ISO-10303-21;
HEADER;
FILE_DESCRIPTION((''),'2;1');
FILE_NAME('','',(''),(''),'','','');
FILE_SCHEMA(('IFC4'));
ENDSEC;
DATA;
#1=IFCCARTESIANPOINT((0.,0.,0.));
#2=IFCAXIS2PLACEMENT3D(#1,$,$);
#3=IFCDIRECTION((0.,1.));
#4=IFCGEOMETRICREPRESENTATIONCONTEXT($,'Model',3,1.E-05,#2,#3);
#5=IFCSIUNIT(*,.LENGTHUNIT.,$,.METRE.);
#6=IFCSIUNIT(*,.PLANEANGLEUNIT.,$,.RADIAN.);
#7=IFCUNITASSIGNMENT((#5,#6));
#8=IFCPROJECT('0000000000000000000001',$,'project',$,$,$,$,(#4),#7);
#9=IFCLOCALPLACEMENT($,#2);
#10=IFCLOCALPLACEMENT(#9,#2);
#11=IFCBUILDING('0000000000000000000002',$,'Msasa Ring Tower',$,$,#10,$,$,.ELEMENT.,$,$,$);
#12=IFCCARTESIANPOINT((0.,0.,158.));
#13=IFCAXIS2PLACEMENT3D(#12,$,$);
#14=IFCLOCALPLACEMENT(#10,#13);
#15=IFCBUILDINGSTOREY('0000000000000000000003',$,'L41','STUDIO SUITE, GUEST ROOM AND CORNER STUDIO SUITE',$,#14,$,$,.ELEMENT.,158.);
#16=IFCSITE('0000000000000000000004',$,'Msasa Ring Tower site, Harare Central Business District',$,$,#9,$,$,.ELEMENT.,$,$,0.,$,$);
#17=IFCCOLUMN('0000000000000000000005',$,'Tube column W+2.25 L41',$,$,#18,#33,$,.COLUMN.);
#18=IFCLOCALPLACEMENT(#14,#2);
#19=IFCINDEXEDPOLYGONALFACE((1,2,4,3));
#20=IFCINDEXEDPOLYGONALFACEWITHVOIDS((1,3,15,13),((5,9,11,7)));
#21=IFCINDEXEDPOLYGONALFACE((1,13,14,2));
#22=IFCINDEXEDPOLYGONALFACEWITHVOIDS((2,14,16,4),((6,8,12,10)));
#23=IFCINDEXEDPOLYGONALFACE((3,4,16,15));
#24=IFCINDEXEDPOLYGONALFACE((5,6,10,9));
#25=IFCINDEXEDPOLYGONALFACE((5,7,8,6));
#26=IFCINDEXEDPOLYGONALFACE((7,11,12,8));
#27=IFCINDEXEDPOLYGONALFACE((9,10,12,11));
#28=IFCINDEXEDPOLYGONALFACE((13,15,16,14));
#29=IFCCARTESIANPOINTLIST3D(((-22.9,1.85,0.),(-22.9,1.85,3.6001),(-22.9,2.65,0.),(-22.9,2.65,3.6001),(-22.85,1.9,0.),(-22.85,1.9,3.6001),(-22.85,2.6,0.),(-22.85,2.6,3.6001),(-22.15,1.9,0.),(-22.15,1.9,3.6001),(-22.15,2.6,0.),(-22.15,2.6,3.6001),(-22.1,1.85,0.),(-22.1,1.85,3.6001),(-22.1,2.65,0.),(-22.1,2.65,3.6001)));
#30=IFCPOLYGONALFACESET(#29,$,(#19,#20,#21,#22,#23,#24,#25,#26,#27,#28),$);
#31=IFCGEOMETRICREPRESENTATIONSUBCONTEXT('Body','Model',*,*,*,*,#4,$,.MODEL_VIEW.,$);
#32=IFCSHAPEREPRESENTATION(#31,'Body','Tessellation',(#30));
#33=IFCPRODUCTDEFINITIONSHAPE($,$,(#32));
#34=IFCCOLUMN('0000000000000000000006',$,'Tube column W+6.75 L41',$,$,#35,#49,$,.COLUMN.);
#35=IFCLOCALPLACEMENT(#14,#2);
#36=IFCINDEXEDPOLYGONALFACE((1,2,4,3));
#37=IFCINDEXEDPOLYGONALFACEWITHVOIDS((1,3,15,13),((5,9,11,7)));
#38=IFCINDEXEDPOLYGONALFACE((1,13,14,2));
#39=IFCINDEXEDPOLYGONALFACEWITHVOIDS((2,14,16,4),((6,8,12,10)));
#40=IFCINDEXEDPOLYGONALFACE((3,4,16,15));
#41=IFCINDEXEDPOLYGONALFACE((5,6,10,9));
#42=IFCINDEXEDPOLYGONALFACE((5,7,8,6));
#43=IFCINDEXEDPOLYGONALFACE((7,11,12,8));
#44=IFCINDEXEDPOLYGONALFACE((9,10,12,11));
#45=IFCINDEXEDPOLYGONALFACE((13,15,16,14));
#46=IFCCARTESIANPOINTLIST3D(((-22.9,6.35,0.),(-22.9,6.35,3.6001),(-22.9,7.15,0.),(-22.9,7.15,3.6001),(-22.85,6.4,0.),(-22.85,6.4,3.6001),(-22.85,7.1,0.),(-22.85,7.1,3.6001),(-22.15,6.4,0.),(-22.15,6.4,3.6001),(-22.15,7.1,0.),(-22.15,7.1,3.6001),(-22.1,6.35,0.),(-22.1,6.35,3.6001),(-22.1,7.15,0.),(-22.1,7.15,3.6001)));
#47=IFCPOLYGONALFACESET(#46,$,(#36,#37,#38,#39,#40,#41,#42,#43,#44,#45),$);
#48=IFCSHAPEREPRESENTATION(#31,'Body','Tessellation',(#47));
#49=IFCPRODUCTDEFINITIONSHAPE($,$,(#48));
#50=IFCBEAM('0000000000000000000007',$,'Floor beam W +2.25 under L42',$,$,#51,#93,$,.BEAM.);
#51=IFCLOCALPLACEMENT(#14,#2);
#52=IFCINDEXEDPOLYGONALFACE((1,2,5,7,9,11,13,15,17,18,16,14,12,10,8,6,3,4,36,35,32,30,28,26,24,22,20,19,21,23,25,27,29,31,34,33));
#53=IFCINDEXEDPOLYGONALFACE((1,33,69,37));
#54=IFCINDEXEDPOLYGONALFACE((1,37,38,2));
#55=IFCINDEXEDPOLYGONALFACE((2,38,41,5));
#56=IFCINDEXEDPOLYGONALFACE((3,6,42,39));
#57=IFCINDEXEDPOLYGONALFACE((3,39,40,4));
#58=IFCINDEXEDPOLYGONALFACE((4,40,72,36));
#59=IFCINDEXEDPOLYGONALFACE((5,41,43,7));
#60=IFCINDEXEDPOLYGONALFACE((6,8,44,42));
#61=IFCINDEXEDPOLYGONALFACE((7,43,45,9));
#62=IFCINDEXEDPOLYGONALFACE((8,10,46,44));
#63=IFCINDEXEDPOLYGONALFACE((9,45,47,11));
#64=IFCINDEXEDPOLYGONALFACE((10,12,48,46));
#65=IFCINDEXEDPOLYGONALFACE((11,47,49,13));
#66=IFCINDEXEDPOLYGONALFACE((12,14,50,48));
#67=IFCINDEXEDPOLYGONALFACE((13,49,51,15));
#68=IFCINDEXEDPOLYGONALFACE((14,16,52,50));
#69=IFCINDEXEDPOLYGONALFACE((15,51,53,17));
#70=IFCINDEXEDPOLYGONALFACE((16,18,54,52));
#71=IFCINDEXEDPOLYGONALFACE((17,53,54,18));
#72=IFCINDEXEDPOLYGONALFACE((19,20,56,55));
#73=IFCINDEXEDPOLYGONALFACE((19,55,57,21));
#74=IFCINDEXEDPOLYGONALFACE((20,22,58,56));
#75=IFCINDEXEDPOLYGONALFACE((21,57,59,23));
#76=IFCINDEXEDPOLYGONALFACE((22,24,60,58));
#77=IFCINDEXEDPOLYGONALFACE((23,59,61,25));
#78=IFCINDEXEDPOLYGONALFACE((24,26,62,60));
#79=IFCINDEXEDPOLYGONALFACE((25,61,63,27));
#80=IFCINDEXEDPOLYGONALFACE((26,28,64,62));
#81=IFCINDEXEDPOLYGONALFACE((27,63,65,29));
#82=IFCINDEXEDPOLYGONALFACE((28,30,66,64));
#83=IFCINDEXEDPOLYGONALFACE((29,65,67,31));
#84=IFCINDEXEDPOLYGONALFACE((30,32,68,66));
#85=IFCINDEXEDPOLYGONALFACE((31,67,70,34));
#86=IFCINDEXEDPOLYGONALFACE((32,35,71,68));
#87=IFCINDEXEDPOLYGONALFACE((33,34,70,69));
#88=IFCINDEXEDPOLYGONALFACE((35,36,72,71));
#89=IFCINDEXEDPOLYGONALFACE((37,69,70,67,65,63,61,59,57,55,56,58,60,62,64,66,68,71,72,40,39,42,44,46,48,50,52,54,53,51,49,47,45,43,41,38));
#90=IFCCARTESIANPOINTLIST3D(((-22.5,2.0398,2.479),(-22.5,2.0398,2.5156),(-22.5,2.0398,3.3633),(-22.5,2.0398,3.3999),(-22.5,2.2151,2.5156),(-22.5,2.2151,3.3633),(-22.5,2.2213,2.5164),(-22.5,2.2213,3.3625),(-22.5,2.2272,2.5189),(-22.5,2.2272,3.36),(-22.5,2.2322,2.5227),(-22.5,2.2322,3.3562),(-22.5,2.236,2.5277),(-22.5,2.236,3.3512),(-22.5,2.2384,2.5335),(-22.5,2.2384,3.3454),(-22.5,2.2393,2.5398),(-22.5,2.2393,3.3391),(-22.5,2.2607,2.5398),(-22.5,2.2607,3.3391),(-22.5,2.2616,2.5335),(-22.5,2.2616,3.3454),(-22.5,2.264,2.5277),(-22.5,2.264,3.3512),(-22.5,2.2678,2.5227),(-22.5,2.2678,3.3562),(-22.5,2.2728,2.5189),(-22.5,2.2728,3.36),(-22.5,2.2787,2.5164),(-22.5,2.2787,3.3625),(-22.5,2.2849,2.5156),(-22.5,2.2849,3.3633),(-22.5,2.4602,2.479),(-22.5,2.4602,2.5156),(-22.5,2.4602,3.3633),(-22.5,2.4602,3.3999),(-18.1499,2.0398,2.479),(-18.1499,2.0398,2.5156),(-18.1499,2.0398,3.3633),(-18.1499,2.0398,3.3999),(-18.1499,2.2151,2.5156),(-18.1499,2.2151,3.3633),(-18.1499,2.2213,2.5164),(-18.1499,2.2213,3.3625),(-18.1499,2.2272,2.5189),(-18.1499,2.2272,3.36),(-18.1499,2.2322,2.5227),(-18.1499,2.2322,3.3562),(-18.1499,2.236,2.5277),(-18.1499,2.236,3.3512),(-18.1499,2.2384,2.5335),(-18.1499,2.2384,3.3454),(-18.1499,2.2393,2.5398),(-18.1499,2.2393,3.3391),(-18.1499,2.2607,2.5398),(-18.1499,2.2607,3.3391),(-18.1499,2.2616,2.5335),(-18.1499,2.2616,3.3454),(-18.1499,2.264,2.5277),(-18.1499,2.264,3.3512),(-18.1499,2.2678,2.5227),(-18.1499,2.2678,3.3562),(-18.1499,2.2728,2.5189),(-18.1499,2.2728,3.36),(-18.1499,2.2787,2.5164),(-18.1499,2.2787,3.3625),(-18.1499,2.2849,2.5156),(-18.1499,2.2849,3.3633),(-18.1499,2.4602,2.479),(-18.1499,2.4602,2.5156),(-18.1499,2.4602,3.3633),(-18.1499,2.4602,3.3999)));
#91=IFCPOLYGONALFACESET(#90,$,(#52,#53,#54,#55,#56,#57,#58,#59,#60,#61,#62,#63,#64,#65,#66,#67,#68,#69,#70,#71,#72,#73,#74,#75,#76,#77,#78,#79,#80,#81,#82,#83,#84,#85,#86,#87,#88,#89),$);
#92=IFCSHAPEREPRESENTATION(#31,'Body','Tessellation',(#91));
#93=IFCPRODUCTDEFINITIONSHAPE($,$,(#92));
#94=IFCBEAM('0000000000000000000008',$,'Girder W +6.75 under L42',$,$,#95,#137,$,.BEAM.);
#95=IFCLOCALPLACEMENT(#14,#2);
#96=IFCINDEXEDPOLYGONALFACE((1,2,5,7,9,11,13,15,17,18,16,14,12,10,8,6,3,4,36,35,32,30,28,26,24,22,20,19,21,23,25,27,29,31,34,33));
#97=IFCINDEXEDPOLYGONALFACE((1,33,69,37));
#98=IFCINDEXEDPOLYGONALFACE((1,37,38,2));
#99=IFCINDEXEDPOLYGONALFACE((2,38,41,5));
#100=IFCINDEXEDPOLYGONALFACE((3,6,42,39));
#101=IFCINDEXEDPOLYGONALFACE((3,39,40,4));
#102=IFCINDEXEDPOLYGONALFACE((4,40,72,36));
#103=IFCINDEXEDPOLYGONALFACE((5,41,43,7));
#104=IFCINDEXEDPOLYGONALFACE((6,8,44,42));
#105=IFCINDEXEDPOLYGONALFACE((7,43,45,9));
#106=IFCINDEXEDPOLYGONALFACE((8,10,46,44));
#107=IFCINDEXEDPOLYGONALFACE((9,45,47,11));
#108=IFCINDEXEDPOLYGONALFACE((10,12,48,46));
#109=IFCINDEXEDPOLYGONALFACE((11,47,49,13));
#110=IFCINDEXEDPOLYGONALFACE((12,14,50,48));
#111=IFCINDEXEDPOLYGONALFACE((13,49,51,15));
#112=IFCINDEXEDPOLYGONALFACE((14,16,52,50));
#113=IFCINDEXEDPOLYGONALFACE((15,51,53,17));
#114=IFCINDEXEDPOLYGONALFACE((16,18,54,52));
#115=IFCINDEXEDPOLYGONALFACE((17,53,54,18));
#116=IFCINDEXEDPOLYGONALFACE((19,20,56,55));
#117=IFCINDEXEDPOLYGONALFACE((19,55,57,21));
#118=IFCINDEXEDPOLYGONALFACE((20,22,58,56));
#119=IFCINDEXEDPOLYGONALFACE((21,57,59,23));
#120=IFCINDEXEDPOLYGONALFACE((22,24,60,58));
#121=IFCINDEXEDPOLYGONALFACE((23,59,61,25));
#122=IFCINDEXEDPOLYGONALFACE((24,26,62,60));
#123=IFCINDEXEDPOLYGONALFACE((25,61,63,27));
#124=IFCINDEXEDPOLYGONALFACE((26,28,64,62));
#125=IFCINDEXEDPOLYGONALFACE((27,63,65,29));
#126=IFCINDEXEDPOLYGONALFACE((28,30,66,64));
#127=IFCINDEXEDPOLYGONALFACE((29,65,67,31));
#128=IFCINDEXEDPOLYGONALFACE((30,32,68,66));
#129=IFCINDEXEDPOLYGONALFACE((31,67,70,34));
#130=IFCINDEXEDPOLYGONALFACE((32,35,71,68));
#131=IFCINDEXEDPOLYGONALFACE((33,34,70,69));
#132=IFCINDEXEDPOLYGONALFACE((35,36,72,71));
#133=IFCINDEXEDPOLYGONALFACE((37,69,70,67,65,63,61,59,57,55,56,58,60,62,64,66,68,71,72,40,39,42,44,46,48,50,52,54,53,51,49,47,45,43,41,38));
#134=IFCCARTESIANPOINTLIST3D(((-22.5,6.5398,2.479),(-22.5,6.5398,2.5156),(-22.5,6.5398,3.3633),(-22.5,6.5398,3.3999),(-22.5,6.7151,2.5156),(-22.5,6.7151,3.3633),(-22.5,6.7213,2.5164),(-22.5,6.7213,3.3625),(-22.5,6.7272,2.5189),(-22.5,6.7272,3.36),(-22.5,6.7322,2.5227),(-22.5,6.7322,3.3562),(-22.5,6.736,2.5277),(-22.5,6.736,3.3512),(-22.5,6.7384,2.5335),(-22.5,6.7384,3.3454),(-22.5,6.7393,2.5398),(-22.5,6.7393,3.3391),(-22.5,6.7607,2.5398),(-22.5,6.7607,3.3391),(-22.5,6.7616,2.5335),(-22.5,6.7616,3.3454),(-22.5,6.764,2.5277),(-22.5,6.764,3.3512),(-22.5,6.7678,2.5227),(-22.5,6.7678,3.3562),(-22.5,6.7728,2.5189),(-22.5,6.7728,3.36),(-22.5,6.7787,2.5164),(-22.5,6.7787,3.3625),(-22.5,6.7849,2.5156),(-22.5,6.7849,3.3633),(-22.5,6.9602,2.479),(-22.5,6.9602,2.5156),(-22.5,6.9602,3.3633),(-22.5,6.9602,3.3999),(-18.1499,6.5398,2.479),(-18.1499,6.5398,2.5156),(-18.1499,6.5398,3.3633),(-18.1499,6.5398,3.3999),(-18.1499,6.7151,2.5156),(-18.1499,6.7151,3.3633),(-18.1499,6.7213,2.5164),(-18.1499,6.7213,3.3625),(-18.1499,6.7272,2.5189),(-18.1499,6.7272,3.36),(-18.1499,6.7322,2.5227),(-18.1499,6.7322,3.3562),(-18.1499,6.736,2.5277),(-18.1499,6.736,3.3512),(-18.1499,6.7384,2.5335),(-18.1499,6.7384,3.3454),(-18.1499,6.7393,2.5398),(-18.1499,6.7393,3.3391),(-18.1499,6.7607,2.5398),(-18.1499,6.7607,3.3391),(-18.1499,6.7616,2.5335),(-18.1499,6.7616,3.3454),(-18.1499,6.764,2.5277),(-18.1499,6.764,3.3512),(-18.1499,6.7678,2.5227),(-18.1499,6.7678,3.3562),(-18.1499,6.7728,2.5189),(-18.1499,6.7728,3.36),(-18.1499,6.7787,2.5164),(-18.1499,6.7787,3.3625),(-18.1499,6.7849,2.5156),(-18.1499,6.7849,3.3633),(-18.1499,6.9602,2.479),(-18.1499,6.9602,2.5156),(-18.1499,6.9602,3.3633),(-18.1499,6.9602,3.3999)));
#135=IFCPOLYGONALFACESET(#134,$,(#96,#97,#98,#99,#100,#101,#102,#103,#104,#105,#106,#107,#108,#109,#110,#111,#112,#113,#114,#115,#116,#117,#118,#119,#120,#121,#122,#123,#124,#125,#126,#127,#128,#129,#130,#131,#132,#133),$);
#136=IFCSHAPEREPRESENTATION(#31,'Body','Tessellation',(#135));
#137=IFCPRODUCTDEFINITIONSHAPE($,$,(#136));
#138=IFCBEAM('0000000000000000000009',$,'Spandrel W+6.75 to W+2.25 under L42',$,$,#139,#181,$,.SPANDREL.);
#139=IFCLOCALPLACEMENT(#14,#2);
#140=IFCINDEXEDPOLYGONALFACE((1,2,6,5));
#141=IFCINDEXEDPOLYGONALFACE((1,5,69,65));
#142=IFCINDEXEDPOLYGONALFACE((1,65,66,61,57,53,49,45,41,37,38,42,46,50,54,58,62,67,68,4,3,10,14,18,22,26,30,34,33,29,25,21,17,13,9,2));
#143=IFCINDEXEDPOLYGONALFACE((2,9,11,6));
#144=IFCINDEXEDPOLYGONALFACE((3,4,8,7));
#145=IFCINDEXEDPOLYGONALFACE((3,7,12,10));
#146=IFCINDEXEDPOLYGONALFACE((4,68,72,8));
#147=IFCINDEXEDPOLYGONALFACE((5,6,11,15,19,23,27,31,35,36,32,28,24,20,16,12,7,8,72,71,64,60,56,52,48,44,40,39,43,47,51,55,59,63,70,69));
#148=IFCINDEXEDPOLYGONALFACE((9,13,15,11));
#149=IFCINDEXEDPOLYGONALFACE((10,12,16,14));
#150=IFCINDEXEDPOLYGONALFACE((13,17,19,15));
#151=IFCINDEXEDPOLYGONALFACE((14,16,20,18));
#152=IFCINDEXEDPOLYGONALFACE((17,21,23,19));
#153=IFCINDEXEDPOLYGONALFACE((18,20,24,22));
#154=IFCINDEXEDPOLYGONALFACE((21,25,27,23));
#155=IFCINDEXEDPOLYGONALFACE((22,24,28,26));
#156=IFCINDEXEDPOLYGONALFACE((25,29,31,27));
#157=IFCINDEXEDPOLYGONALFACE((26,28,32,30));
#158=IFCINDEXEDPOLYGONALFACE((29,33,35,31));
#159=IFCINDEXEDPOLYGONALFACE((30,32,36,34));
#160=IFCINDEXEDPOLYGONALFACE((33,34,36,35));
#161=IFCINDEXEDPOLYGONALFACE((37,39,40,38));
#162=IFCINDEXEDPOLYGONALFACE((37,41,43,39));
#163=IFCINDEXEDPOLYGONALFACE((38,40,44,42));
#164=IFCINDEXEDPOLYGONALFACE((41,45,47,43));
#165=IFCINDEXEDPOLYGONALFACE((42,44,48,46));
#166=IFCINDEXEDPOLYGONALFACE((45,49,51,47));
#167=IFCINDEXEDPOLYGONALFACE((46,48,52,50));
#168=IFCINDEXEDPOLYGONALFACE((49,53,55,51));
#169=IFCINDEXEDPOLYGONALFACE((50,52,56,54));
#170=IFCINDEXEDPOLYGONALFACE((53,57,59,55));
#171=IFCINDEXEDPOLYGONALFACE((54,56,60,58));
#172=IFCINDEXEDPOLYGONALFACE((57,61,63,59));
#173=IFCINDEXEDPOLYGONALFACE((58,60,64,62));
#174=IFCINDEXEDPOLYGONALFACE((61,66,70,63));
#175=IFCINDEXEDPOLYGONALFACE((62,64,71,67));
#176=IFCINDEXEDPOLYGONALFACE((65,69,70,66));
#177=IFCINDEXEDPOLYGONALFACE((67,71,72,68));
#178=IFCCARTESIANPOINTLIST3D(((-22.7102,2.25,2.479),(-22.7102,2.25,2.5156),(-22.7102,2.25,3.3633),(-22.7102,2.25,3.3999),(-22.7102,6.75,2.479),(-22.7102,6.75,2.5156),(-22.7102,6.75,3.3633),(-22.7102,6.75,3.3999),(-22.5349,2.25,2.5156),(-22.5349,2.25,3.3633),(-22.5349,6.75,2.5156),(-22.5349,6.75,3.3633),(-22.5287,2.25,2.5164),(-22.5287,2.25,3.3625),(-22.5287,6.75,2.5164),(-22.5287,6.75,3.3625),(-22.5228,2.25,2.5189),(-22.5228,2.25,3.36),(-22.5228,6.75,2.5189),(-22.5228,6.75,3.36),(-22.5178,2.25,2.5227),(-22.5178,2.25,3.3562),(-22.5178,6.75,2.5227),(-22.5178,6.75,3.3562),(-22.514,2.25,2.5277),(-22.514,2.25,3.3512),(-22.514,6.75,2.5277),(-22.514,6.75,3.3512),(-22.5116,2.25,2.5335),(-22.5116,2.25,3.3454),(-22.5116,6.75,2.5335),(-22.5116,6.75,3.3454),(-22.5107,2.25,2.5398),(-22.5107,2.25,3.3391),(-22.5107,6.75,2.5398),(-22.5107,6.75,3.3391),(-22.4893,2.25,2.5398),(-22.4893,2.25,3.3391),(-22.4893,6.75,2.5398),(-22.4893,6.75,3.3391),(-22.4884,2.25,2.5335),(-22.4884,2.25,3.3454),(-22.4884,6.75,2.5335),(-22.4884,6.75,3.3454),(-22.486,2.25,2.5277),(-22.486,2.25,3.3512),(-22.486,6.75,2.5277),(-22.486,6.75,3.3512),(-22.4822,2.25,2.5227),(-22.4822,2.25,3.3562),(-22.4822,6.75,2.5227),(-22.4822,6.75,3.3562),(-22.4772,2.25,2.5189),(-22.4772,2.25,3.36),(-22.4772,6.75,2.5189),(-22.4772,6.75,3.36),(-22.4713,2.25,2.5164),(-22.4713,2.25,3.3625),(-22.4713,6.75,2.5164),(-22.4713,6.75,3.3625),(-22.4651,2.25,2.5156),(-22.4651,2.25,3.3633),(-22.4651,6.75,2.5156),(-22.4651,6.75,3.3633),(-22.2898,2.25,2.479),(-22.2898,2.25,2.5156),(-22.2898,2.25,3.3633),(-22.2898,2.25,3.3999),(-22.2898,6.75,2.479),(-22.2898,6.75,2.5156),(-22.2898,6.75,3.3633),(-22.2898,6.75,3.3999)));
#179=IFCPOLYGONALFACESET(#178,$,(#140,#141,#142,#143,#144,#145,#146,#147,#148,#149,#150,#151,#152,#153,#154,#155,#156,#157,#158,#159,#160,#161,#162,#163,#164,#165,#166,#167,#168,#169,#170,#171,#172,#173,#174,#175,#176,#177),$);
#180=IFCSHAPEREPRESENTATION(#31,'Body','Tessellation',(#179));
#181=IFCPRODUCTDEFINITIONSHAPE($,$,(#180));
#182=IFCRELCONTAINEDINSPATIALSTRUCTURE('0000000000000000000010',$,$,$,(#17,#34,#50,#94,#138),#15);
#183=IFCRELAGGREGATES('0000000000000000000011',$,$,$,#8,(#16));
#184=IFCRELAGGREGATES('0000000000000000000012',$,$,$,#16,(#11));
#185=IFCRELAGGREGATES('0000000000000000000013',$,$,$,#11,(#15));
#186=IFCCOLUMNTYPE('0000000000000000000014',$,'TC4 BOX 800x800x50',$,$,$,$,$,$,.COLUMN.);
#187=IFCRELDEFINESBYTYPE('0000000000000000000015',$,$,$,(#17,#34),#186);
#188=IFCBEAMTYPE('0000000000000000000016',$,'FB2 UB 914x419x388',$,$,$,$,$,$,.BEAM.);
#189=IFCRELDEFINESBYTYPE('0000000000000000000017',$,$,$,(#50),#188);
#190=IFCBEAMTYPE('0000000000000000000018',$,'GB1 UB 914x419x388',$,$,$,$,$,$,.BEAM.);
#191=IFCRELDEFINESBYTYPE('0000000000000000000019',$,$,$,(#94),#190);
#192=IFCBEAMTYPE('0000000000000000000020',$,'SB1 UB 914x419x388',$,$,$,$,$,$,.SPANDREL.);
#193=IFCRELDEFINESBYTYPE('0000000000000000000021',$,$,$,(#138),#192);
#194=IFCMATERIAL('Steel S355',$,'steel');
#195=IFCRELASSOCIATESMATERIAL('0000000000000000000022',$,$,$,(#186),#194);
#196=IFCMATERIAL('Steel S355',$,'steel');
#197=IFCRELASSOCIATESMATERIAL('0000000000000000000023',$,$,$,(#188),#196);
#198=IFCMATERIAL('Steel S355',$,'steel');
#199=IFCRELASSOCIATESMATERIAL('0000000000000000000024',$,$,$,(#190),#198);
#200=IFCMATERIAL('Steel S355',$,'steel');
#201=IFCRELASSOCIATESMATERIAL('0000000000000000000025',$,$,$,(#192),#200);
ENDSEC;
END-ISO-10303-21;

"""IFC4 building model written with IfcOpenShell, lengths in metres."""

from ifc_helpers import new_model, si_unit, direction, frame, origin, origin_2d, place, context, subcontext, project, spatial, hollow_rectangle, i_section, extrude, material, material_profile, profile_set, type_object, element, save


model = new_model("IFC4")

# Units and contexts
model_context = context("Model", 3, precision=1e-05, world=origin(), true_north=direction((0.0, 1.0)))
body_context = subcontext(model_context, "Body", "Model", "MODEL_VIEW")
ifc_project = project(units=[si_unit("LENGTHUNIT", "METRE"), si_unit("PLANEANGLEUNIT", "RADIAN")], contexts=[model_context])

# Site, building, storey
site_placement = place(None, origin())
site = spatial("IfcSite", under=ifc_project, at=site_placement, Name="Msasa Ring Tower site, Harare Central Business District", CompositionType="ELEMENT", RefElevation=0.0)
building_placement = place(site_placement, origin())
building = spatial("IfcBuilding", under=site, at=building_placement, Name="Msasa Ring Tower", CompositionType="ELEMENT")
storey_placement = place(building_placement, frame((0.0, 0.0, 158.0)))
storey = spatial("IfcBuildingStorey", under=building, at=storey_placement, Name="L41", Description="STUDIO SUITE, GUEST ROOM AND CORNER STUDIO SUITE", CompositionType="ELEMENT", Elevation=158.0)

# Columns
ifc_material_1 = material(Name="Steel S355", Category="steel")
ifc_material_profile_1 = material_profile(ifc_material_1, hollow_rectangle(XDim=0.8, YDim=0.8, WallThickness=0.05, at=origin_2d()), Name="BOX 800x800x50")
ifc_profile_set_1 = profile_set([ifc_material_profile_1], Name="Steel S355")
column_type = type_object("IfcColumnType", Name="TC4 BOX 800x800x50", PredefinedType="COLUMN", material=ifc_profile_set_1)
for number, where, z_axis, x_axis, name in (
    (1, (-22.5, 2.25, 0.0), (0.0, 0.0, 1.0), (1.0, 0.0, 0.0), "Tube column W+2.25 L41"),
    (2, (-22.5, 6.75, 0.0), (0.0, 0.0, 1.0), (1.0, 0.0, 0.0), "Tube column W+6.75 L41"),
):
    element("IfcColumn", number, at=place(storey_placement, frame(where, z_axis=z_axis, x_axis=x_axis)), inside=storey, type_object=column_type, Name=name, PredefinedType="COLUMN", context=body_context, shape_type="SweptSolid", body=[
        extrude(hollow_rectangle(XDim=0.8, YDim=0.8, WallThickness=0.05, at=origin_2d()), origin(), (0.0, 0.0, 1.0), 3.6001),
    ])

# Beams
ifc_material_2 = material(Name="Steel S355", Category="steel")
ifc_material_profile_2 = material_profile(ifc_material_2, i_section(OverallWidth=0.4204, OverallDepth=0.9209, WebThickness=0.0215, FlangeThickness=0.0366, FilletRadius=0.0242, at=origin_2d()), Name="UB 914x419x388")
ifc_profile_set_2 = profile_set([ifc_material_profile_2], Name="Steel S355")
beam_type_1 = type_object("IfcBeamType", Name="FB2 UB 914x419x388", PredefinedType="BEAM", material=ifc_profile_set_2)
beam_1_placement = place(storey_placement, frame((-22.5, 2.25, 2.9395), z_axis=(1.0, 0.0, 0.0), x_axis=(0.0, 1.0, 0.0)))
element("IfcBeam", 3, at=beam_1_placement, inside=storey, type_object=beam_type_1, Name="Floor beam W +2.25 under L42", PredefinedType="BEAM", context=body_context, shape_type="SweptSolid", body=[
    extrude(i_section(OverallWidth=0.4204, OverallDepth=0.9209, WebThickness=0.0215, FlangeThickness=0.0366, FilletRadius=0.0242, at=origin_2d()), origin(), (0.0, 0.0, 1.0), 4.3501),
])
ifc_material_3 = material(Name="Steel S355", Category="steel")
ifc_material_profile_3 = material_profile(ifc_material_3, i_section(OverallWidth=0.4204, OverallDepth=0.9209, WebThickness=0.0215, FlangeThickness=0.0366, FilletRadius=0.0242, at=origin_2d()), Name="UB 914x419x388")
ifc_profile_set_3 = profile_set([ifc_material_profile_3], Name="Steel S355")
beam_type_2 = type_object("IfcBeamType", Name="GB1 UB 914x419x388", PredefinedType="BEAM", material=ifc_profile_set_3)
beam_2_placement = place(storey_placement, frame((-18.1499, 6.75, 2.9395), z_axis=(-1.0, 0.0, 0.0), x_axis=(0.0, -1.0, 0.0)))
element("IfcBeam", 4, at=beam_2_placement, inside=storey, type_object=beam_type_2, Name="Girder W +6.75 under L42", PredefinedType="BEAM", context=body_context, shape_type="SweptSolid", body=[
    extrude(i_section(OverallWidth=0.4204, OverallDepth=0.9209, WebThickness=0.0215, FlangeThickness=0.0366, FilletRadius=0.0242, at=origin_2d()), origin(), (0.0, 0.0, 1.0), 4.3501),
])
ifc_material_4 = material(Name="Steel S355", Category="steel")
ifc_material_profile_4 = material_profile(ifc_material_4, i_section(OverallWidth=0.4204, OverallDepth=0.9209, WebThickness=0.0215, FlangeThickness=0.0366, FilletRadius=0.0242, at=origin_2d()), Name="UB 914x419x388")
ifc_profile_set_4 = profile_set([ifc_material_profile_4], Name="Steel S355")
beam_type_3 = type_object("IfcBeamType", Name="SB1 UB 914x419x388", PredefinedType="SPANDREL", material=ifc_profile_set_4)
for number, where, z_axis, x_axis, name in (
    (5, (-22.5, 6.75, 2.9395), (0.0, -1.0, 0.0), (1.0, 0.0, 0.0), "Spandrel W+6.75 to W+2.25 under L42"),
):
    element("IfcBeam", number, at=place(storey_placement, frame(where, z_axis=z_axis, x_axis=x_axis)), inside=storey, type_object=beam_type_3, Name=name, PredefinedType="SPANDREL", context=body_context, shape_type="SweptSolid", body=[
        extrude(i_section(OverallWidth=0.4204, OverallDepth=0.9209, WebThickness=0.0215, FlangeThickness=0.0366, FilletRadius=0.0242, at=origin_2d()), origin(), (0.0, 0.0, 1.0), 4.5),
    ])

save(model, "model.ifc")
